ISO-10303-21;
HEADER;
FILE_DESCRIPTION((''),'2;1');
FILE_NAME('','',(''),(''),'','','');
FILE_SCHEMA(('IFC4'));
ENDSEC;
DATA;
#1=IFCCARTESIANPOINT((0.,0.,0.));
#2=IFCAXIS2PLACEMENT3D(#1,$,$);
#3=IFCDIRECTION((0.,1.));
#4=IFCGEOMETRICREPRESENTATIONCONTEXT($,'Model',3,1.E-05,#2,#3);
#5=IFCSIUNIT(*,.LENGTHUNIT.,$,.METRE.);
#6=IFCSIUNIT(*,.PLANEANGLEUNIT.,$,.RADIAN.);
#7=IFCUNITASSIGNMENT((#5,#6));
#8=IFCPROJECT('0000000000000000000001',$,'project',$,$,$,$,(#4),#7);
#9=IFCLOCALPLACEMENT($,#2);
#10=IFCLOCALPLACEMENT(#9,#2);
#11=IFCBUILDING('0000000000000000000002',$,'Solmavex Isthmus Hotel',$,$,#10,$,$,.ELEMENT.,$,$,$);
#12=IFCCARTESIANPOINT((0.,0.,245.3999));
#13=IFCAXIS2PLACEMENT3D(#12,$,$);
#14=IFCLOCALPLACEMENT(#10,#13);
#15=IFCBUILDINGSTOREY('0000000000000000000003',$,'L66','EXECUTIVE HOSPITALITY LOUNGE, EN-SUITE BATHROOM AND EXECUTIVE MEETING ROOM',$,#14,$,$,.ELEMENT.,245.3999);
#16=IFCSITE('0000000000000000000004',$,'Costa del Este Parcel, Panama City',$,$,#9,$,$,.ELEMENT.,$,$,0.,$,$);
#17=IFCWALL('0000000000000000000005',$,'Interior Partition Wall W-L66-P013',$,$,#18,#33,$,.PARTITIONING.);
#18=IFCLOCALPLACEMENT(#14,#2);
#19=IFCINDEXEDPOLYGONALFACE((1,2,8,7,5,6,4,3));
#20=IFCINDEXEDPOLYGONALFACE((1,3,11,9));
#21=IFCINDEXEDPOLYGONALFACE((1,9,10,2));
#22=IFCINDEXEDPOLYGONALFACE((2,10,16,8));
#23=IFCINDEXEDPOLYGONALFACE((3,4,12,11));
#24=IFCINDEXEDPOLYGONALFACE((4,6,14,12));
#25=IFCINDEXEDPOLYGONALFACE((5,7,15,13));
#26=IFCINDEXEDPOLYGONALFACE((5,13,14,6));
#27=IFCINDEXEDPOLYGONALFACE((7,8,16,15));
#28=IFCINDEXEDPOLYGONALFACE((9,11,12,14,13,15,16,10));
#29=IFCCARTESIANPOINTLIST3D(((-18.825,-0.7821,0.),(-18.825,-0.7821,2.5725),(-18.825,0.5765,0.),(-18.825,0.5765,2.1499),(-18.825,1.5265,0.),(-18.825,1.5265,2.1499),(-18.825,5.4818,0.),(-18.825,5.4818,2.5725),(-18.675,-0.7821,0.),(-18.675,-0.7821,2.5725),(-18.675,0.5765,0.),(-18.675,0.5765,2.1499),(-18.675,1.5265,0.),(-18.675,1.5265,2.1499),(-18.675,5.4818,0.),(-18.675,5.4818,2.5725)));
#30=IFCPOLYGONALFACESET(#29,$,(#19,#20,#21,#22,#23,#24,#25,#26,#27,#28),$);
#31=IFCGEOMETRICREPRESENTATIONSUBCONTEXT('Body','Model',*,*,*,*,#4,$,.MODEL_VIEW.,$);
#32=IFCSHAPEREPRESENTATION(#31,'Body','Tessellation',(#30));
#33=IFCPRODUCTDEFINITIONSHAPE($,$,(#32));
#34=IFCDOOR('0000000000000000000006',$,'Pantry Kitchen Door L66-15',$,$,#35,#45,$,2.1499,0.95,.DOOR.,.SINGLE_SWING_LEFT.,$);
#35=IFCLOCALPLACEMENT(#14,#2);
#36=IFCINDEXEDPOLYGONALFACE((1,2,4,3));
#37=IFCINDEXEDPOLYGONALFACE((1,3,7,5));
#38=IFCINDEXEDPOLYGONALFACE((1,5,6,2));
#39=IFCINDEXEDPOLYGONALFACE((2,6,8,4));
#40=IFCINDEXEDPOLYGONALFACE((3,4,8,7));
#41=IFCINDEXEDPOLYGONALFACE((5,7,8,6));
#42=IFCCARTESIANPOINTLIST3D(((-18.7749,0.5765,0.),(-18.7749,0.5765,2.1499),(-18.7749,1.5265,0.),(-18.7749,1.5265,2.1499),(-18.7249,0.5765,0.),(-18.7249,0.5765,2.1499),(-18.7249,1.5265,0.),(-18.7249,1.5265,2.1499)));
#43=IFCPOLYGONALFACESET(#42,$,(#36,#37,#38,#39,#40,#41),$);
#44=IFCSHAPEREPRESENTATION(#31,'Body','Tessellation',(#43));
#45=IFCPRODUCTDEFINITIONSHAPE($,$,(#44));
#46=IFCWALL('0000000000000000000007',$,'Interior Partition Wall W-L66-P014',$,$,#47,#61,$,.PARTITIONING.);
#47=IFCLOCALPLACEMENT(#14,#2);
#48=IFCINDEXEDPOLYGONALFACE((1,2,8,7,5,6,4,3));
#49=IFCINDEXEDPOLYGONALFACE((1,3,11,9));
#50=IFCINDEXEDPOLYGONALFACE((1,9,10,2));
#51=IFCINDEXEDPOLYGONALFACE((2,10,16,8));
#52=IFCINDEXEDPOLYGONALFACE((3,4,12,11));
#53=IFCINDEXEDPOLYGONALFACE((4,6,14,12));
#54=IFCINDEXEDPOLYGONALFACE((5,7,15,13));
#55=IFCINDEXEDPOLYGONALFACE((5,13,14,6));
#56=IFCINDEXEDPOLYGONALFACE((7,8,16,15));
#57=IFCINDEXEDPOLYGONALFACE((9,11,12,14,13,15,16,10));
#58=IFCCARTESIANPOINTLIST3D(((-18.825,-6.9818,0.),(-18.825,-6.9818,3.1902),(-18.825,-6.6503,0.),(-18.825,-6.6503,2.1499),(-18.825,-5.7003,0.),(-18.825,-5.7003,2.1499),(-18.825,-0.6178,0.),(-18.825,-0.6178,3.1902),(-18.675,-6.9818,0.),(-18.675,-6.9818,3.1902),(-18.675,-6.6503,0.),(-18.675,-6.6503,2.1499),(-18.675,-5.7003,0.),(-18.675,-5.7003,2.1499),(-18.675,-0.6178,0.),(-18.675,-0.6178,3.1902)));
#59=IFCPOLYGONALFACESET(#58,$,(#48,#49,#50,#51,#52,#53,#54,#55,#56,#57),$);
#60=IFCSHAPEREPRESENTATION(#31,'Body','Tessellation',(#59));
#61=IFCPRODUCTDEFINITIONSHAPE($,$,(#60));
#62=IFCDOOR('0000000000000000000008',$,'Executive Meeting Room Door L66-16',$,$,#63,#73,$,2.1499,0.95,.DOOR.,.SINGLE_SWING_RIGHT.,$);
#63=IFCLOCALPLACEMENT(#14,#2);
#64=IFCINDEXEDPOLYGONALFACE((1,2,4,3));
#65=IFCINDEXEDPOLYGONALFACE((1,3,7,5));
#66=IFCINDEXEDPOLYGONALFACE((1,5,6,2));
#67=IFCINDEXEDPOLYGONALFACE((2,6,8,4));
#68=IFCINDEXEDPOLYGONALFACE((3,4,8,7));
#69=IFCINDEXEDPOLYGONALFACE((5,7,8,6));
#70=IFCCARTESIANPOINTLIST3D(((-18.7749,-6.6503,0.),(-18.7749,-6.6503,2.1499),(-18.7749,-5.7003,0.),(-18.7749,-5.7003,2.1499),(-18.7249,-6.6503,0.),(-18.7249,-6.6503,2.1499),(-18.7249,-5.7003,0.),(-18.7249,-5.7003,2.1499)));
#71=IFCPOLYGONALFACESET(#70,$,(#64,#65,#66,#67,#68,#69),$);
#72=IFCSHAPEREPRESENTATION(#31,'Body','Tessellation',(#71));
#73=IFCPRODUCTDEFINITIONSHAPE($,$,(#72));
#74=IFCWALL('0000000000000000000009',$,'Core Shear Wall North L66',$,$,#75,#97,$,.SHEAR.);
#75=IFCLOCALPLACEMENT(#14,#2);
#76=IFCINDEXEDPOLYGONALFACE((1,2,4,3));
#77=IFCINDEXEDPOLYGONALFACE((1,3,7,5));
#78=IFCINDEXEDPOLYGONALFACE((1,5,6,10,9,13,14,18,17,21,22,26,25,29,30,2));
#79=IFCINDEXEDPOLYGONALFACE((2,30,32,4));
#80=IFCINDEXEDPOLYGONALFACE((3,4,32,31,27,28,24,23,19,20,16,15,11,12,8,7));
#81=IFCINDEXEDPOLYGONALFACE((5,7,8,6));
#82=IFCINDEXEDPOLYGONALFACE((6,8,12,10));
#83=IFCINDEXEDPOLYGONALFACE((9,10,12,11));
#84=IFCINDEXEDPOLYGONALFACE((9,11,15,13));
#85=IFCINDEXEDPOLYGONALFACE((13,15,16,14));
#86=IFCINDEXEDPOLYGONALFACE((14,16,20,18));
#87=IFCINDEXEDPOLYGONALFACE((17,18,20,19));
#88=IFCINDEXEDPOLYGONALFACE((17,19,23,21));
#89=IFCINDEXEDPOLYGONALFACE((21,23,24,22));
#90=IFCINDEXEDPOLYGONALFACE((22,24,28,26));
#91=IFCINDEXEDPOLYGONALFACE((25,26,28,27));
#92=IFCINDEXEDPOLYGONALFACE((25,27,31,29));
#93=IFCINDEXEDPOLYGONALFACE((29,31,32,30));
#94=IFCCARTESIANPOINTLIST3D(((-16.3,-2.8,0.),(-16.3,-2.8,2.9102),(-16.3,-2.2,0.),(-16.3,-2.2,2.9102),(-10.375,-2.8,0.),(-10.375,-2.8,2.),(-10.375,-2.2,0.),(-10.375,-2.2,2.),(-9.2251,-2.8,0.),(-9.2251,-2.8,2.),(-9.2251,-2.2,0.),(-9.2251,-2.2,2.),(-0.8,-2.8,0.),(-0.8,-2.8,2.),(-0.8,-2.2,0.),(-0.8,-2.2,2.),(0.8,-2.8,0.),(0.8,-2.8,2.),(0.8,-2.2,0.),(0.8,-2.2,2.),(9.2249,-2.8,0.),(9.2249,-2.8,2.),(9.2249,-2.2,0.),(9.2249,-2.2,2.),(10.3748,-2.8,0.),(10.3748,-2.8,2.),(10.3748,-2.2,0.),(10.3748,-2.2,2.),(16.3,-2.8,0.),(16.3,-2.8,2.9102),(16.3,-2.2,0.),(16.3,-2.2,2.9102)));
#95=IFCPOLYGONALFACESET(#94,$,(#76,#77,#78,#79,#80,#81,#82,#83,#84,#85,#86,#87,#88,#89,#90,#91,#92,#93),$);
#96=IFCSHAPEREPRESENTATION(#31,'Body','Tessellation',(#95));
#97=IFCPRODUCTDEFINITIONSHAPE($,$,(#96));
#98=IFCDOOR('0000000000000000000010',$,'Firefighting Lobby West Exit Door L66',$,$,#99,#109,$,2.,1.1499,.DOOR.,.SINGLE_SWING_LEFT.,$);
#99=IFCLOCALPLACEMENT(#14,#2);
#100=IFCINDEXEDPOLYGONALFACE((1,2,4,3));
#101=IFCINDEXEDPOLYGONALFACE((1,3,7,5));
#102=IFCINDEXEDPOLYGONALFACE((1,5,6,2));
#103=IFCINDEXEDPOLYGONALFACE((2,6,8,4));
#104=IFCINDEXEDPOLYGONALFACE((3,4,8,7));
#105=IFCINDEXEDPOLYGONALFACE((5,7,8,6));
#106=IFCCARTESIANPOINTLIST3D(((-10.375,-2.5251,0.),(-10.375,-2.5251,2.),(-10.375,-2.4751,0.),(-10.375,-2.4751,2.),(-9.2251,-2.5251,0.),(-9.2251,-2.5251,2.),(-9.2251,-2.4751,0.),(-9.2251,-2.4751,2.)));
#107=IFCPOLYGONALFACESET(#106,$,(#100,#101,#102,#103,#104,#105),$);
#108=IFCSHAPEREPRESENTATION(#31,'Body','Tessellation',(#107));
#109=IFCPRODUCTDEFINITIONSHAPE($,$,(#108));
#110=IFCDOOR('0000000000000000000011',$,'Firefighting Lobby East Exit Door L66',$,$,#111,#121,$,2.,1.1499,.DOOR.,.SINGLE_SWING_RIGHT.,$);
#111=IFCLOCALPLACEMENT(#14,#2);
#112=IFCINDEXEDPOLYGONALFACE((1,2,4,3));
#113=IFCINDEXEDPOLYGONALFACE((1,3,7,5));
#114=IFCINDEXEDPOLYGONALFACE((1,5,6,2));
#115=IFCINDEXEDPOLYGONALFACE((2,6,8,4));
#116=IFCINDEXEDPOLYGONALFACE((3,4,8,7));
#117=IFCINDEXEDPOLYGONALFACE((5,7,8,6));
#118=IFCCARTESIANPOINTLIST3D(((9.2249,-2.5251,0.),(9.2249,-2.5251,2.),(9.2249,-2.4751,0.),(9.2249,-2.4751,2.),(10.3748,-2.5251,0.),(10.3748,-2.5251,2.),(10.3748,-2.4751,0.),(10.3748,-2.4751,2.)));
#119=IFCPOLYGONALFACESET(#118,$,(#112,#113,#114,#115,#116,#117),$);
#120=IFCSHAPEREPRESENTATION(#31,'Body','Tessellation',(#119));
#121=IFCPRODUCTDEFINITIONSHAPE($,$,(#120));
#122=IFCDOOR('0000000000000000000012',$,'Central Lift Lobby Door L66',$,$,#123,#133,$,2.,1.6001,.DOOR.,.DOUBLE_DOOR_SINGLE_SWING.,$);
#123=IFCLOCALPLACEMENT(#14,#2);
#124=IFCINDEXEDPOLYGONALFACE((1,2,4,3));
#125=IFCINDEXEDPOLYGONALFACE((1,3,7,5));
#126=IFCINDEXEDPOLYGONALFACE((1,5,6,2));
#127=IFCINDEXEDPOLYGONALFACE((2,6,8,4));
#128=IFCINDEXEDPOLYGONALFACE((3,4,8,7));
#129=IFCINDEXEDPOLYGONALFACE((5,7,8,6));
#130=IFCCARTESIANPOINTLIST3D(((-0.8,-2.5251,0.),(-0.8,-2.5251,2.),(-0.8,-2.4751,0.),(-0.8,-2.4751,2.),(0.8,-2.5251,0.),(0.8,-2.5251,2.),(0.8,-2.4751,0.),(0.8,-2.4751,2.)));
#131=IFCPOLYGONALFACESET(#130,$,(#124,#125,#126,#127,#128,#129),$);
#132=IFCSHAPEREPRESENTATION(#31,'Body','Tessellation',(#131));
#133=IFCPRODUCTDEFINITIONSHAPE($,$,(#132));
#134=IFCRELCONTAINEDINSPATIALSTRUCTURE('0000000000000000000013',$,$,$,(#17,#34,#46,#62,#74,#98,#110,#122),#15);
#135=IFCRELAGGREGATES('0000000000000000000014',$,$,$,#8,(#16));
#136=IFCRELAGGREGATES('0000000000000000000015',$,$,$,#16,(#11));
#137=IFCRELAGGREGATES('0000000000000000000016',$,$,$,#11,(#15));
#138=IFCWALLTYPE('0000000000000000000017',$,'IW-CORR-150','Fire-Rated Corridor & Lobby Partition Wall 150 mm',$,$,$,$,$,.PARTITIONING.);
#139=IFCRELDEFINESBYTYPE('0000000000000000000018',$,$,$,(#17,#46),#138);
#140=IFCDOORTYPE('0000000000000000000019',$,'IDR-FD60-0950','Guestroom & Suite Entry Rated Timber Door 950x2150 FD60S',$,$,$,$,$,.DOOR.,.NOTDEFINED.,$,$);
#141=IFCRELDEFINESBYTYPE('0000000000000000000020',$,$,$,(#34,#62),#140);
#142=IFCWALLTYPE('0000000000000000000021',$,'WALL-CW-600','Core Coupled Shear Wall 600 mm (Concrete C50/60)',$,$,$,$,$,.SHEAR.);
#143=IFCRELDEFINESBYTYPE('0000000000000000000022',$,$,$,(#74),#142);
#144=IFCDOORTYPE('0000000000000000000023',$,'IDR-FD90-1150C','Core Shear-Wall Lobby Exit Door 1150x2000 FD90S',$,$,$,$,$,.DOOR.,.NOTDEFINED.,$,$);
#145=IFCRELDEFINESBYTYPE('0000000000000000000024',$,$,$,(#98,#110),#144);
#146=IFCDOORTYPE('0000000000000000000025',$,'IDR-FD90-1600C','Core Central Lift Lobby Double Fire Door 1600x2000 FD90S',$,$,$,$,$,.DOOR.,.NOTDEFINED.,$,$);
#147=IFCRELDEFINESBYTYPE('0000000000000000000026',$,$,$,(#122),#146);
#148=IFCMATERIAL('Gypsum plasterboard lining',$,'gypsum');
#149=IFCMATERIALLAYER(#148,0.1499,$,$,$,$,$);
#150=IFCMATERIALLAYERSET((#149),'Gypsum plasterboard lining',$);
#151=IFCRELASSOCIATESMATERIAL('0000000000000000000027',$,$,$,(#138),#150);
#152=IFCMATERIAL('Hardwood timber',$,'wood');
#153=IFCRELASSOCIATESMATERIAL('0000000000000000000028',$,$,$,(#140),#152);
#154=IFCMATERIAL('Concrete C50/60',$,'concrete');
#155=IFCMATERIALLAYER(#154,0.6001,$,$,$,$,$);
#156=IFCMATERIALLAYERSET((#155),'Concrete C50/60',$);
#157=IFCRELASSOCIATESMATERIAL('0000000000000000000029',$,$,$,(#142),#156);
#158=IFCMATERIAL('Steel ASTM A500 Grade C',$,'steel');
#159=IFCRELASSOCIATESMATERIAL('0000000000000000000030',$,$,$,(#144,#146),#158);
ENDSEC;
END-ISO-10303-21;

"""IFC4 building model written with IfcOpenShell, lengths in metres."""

from ifc_helpers import new_model, si_unit, direction, frame, frame_2d, origin, place, context, subcontext, project, spatial, rectangle, extrude, material, layer, layer_set, type_object, element, fill, save


model = new_model("IFC4")

# Units and contexts
model_context = context("Model", 3, precision=1e-05, world=origin(), true_north=direction((0.0, 1.0)))
body_context = subcontext(model_context, "Body", "Model", "MODEL_VIEW")
ifc_project = project(units=[si_unit("LENGTHUNIT", "METRE"), si_unit("PLANEANGLEUNIT", "RADIAN")], contexts=[model_context])

# Site, building, storey
site_placement = place(None, origin())
site = spatial("IfcSite", under=ifc_project, at=site_placement, Name="Costa del Este Parcel, Panama City", CompositionType="ELEMENT", RefElevation=0.0)
building_placement = place(site_placement, origin())
building = spatial("IfcBuilding", under=site, at=building_placement, Name="Solmavex Isthmus Hotel", CompositionType="ELEMENT")
storey_placement = place(building_placement, frame((0.0, 0.0, 245.3999)))
storey = spatial("IfcBuildingStorey", under=building, at=storey_placement, Name="L66", Description="EXECUTIVE HOSPITALITY LOUNGE, EN-SUITE BATHROOM AND EXECUTIVE MEETING ROOM", CompositionType="ELEMENT", Elevation=245.3999)

# Shared definitions
ifc_material_1 = material(Name="Concrete C50/60", Category="concrete")

# Shared definitions
ifc_material_2 = material(Name="Gypsum plasterboard lining", Category="gypsum")

# Walls, openings, doors
ifc_layer_1 = layer(ifc_material_2, 0.1499)
ifc_layer_set_1 = layer_set([ifc_layer_1], Name="Gypsum plasterboard lining")
wall_type_1 = type_object("IfcWallType", Name="IW-CORR-150", Description="Fire-Rated Corridor & Lobby Partition Wall 150 mm", PredefinedType="PARTITIONING", material=ifc_layer_set_1)
wall_1_placement = place(storey_placement, frame((-18.75, -0.782, 0.0), z_axis=(0.0, 0.0, 1.0), x_axis=(0.0, 1.0, 0.0)))
wall_1 = element("IfcWall", 1, at=wall_1_placement, inside=storey, type_object=wall_type_1, Name="Interior Partition Wall W-L66-P013", PredefinedType="PARTITIONING", context=body_context, shape_type="SweptSolid", body=[
    extrude(rectangle(XDim=6.2639, YDim=0.1499, at=frame_2d((3.1318, 0.0))), origin(), (0.0, 0.0, 1.0), 2.5725),
])
opening_1_placement = place(wall_1_placement, frame((1.3584, 0.0, 0.0)))
opening_1 = element("IfcOpeningElement", 2, at=opening_1_placement, cuts=wall_1, PredefinedType="OPENING", context=body_context, shape_type="SweptSolid", body=[
    extrude(rectangle(XDim=0.95, YDim=2.1499, at=frame_2d((0.4751, 1.075))), frame((0.0, 0.085, 0.0), z_axis=(0.0, -1.0, 0.0), x_axis=(1.0, 0.0, 0.0)), (0.0, 0.0, 1.0), 0.1699),
])
ifc_material_3 = material(Name="Hardwood timber", Category="wood")
door_type_1 = type_object("IfcDoorType", Name="IDR-FD60-0950", Description="Guestroom & Suite Entry Rated Timber Door 950x2150 FD60S", OperationType="NOTDEFINED", PredefinedType="DOOR", material=ifc_material_3)
door_1_placement = place(opening_1_placement, origin())
door_1 = element("IfcDoor", 3, at=door_1_placement, inside=storey, type_object=door_type_1, Name="Pantry Kitchen Door L66-15", OperationType="SINGLE_SWING_LEFT", OverallHeight=2.1499, OverallWidth=0.95, PredefinedType="DOOR", context=body_context, shape_type="SweptSolid", body=[
    extrude(rectangle(XDim=0.95, YDim=2.1499, at=frame_2d((0.4751, 1.075))), frame((0.0, 0.0249, 0.0), z_axis=(0.0, -1.0, 0.0), x_axis=(1.0, 0.0, 0.0)), (0.0, 0.0, 1.0), 0.05),
])
fill(opening_1, door_1)
wall_2_placement = place(storey_placement, frame((-18.75, -6.9819, 0.0), z_axis=(0.0, 0.0, 1.0), x_axis=(0.0, 1.0, 0.0)))
wall_2 = element("IfcWall", 4, at=wall_2_placement, inside=storey, type_object=wall_type_1, Name="Interior Partition Wall W-L66-P014", PredefinedType="PARTITIONING", context=body_context, shape_type="SweptSolid", body=[
    extrude(rectangle(XDim=6.364, YDim=0.1499, at=frame_2d((3.1821, 0.0))), origin(), (0.0, 0.0, 1.0), 3.1902),
])
opening_2_placement = place(wall_2_placement, frame((0.3315, 0.0, 0.0)))
opening_2 = element("IfcOpeningElement", 5, at=opening_2_placement, cuts=wall_2, PredefinedType="OPENING", context=body_context, shape_type="SweptSolid", body=[
    extrude(rectangle(XDim=0.95, YDim=2.1499, at=frame_2d((0.4751, 1.075))), frame((0.0, 0.085, 0.0), z_axis=(0.0, -1.0, 0.0), x_axis=(1.0, 0.0, 0.0)), (0.0, 0.0, 1.0), 0.1699),
])
door_2_placement = place(opening_2_placement, origin())
door_2 = element("IfcDoor", 6, at=door_2_placement, inside=storey, type_object=door_type_1, Name="Executive Meeting Room Door L66-16", OperationType="SINGLE_SWING_RIGHT", OverallHeight=2.1499, OverallWidth=0.95, PredefinedType="DOOR", context=body_context, shape_type="SweptSolid", body=[
    extrude(rectangle(XDim=0.95, YDim=2.1499, at=frame_2d((0.4751, 1.075))), frame((0.0, 0.0249, 0.0), z_axis=(0.0, -1.0, 0.0), x_axis=(1.0, 0.0, 0.0)), (0.0, 0.0, 1.0), 0.05),
])
fill(opening_2, door_2)

# Wall, openings, doors
ifc_layer_2 = layer(ifc_material_1, 0.6001)
ifc_layer_set_2 = layer_set([ifc_layer_2], Name="Concrete C50/60")
wall_type_2 = type_object("IfcWallType", Name="WALL-CW-600", Description="Core Coupled Shear Wall 600 mm (Concrete C50/60)", PredefinedType="SHEAR", material=ifc_layer_set_2)
wall_3_placement = place(storey_placement, frame((-16.3, -2.5, 0.0), z_axis=(0.0, 0.0, 1.0), x_axis=(1.0, 0.0, 0.0)))
wall_3 = element("IfcWall", 7, at=wall_3_placement, inside=storey, type_object=wall_type_2, Name="Core Shear Wall North L66", PredefinedType="SHEAR", context=body_context, shape_type="SweptSolid", body=[
    extrude(rectangle(XDim=32.6001, YDim=0.6001, at=frame_2d((16.3, 0.0))), origin(), (0.0, 0.0, 1.0), 2.9102),
])
opening_3_placement = place(wall_3_placement, frame((5.925, 0.0, 0.0)))
opening_3 = element("IfcOpeningElement", 8, at=opening_3_placement, cuts=wall_3, PredefinedType="OPENING", context=body_context, shape_type="SweptSolid", body=[
    extrude(rectangle(XDim=1.1499, YDim=2.0, at=frame_2d((0.575, 1.0))), frame((0.0, 0.3101, 0.0), z_axis=(0.0, -1.0, 0.0), x_axis=(1.0, 0.0, 0.0)), (0.0, 0.0, 1.0), 0.6201),
])
opening_4_placement = place(wall_3_placement, frame((15.5, 0.0, 0.0)))
opening_4 = element("IfcOpeningElement", 9, at=opening_4_placement, cuts=wall_3, PredefinedType="OPENING", context=body_context, shape_type="SweptSolid", body=[
    extrude(rectangle(XDim=1.6001, YDim=2.0, at=frame_2d((0.8, 1.0))), frame((0.0, 0.3101, 0.0), z_axis=(0.0, -1.0, 0.0), x_axis=(1.0, 0.0, 0.0)), (0.0, 0.0, 1.0), 0.6201),
])
opening_5_placement = place(wall_3_placement, frame((25.5249, 0.0, 0.0)))
opening_5 = element("IfcOpeningElement", 10, at=opening_5_placement, cuts=wall_3, PredefinedType="OPENING", context=body_context, shape_type="SweptSolid", body=[
    extrude(rectangle(XDim=1.1499, YDim=2.0, at=frame_2d((0.575, 1.0))), frame((0.0, 0.3101, 0.0), z_axis=(0.0, -1.0, 0.0), x_axis=(1.0, 0.0, 0.0)), (0.0, 0.0, 1.0), 0.6201),
])
ifc_material_4 = material(Name="Steel ASTM A500 Grade C", Category="steel")
door_type_2 = type_object("IfcDoorType", Name="IDR-FD90-1150C", Description="Core Shear-Wall Lobby Exit Door 1150x2000 FD90S", OperationType="NOTDEFINED", PredefinedType="DOOR", material=ifc_material_4)
door_3_placement = place(opening_3_placement, origin())
door_3 = element("IfcDoor", 11, at=door_3_placement, inside=storey, type_object=door_type_2, Name="Firefighting Lobby West Exit Door L66", OperationType="SINGLE_SWING_LEFT", OverallHeight=2.0, OverallWidth=1.1499, PredefinedType="DOOR", context=body_context, shape_type="SweptSolid", body=[
    extrude(rectangle(XDim=1.1499, YDim=2.0, at=frame_2d((0.575, 1.0))), frame((0.0, 0.0249, 0.0), z_axis=(0.0, -1.0, 0.0), x_axis=(1.0, 0.0, 0.0)), (0.0, 0.0, 1.0), 0.05),
])
fill(opening_3, door_3)
door_4_placement = place(opening_5_placement, origin())
door_4 = element("IfcDoor", 12, at=door_4_placement, inside=storey, type_object=door_type_2, Name="Firefighting Lobby East Exit Door L66", OperationType="SINGLE_SWING_RIGHT", OverallHeight=2.0, OverallWidth=1.1499, PredefinedType="DOOR", context=body_context, shape_type="SweptSolid", body=[
    extrude(rectangle(XDim=1.1499, YDim=2.0, at=frame_2d((0.575, 1.0))), frame((0.0, 0.0249, 0.0), z_axis=(0.0, -1.0, 0.0), x_axis=(1.0, 0.0, 0.0)), (0.0, 0.0, 1.0), 0.05),
])
fill(opening_5, door_4)
door_type_3 = type_object("IfcDoorType", Name="IDR-FD90-1600C", Description="Core Central Lift Lobby Double Fire Door 1600x2000 FD90S", OperationType="NOTDEFINED", PredefinedType="DOOR", material=ifc_material_4)
door_5_placement = place(opening_4_placement, origin())
door_5 = element("IfcDoor", 13, at=door_5_placement, inside=storey, type_object=door_type_3, Name="Central Lift Lobby Door L66", OperationType="DOUBLE_DOOR_SINGLE_SWING", OverallHeight=2.0, OverallWidth=1.6001, PredefinedType="DOOR", context=body_context, shape_type="SweptSolid", body=[
    extrude(rectangle(XDim=1.6001, YDim=2.0, at=frame_2d((0.8, 1.0))), frame((0.0, 0.0249, 0.0), z_axis=(0.0, -1.0, 0.0), x_axis=(1.0, 0.0, 0.0)), (0.0, 0.0, 1.0), 0.05),
])
fill(opening_4, door_5)

save(model, "model.ifc")
